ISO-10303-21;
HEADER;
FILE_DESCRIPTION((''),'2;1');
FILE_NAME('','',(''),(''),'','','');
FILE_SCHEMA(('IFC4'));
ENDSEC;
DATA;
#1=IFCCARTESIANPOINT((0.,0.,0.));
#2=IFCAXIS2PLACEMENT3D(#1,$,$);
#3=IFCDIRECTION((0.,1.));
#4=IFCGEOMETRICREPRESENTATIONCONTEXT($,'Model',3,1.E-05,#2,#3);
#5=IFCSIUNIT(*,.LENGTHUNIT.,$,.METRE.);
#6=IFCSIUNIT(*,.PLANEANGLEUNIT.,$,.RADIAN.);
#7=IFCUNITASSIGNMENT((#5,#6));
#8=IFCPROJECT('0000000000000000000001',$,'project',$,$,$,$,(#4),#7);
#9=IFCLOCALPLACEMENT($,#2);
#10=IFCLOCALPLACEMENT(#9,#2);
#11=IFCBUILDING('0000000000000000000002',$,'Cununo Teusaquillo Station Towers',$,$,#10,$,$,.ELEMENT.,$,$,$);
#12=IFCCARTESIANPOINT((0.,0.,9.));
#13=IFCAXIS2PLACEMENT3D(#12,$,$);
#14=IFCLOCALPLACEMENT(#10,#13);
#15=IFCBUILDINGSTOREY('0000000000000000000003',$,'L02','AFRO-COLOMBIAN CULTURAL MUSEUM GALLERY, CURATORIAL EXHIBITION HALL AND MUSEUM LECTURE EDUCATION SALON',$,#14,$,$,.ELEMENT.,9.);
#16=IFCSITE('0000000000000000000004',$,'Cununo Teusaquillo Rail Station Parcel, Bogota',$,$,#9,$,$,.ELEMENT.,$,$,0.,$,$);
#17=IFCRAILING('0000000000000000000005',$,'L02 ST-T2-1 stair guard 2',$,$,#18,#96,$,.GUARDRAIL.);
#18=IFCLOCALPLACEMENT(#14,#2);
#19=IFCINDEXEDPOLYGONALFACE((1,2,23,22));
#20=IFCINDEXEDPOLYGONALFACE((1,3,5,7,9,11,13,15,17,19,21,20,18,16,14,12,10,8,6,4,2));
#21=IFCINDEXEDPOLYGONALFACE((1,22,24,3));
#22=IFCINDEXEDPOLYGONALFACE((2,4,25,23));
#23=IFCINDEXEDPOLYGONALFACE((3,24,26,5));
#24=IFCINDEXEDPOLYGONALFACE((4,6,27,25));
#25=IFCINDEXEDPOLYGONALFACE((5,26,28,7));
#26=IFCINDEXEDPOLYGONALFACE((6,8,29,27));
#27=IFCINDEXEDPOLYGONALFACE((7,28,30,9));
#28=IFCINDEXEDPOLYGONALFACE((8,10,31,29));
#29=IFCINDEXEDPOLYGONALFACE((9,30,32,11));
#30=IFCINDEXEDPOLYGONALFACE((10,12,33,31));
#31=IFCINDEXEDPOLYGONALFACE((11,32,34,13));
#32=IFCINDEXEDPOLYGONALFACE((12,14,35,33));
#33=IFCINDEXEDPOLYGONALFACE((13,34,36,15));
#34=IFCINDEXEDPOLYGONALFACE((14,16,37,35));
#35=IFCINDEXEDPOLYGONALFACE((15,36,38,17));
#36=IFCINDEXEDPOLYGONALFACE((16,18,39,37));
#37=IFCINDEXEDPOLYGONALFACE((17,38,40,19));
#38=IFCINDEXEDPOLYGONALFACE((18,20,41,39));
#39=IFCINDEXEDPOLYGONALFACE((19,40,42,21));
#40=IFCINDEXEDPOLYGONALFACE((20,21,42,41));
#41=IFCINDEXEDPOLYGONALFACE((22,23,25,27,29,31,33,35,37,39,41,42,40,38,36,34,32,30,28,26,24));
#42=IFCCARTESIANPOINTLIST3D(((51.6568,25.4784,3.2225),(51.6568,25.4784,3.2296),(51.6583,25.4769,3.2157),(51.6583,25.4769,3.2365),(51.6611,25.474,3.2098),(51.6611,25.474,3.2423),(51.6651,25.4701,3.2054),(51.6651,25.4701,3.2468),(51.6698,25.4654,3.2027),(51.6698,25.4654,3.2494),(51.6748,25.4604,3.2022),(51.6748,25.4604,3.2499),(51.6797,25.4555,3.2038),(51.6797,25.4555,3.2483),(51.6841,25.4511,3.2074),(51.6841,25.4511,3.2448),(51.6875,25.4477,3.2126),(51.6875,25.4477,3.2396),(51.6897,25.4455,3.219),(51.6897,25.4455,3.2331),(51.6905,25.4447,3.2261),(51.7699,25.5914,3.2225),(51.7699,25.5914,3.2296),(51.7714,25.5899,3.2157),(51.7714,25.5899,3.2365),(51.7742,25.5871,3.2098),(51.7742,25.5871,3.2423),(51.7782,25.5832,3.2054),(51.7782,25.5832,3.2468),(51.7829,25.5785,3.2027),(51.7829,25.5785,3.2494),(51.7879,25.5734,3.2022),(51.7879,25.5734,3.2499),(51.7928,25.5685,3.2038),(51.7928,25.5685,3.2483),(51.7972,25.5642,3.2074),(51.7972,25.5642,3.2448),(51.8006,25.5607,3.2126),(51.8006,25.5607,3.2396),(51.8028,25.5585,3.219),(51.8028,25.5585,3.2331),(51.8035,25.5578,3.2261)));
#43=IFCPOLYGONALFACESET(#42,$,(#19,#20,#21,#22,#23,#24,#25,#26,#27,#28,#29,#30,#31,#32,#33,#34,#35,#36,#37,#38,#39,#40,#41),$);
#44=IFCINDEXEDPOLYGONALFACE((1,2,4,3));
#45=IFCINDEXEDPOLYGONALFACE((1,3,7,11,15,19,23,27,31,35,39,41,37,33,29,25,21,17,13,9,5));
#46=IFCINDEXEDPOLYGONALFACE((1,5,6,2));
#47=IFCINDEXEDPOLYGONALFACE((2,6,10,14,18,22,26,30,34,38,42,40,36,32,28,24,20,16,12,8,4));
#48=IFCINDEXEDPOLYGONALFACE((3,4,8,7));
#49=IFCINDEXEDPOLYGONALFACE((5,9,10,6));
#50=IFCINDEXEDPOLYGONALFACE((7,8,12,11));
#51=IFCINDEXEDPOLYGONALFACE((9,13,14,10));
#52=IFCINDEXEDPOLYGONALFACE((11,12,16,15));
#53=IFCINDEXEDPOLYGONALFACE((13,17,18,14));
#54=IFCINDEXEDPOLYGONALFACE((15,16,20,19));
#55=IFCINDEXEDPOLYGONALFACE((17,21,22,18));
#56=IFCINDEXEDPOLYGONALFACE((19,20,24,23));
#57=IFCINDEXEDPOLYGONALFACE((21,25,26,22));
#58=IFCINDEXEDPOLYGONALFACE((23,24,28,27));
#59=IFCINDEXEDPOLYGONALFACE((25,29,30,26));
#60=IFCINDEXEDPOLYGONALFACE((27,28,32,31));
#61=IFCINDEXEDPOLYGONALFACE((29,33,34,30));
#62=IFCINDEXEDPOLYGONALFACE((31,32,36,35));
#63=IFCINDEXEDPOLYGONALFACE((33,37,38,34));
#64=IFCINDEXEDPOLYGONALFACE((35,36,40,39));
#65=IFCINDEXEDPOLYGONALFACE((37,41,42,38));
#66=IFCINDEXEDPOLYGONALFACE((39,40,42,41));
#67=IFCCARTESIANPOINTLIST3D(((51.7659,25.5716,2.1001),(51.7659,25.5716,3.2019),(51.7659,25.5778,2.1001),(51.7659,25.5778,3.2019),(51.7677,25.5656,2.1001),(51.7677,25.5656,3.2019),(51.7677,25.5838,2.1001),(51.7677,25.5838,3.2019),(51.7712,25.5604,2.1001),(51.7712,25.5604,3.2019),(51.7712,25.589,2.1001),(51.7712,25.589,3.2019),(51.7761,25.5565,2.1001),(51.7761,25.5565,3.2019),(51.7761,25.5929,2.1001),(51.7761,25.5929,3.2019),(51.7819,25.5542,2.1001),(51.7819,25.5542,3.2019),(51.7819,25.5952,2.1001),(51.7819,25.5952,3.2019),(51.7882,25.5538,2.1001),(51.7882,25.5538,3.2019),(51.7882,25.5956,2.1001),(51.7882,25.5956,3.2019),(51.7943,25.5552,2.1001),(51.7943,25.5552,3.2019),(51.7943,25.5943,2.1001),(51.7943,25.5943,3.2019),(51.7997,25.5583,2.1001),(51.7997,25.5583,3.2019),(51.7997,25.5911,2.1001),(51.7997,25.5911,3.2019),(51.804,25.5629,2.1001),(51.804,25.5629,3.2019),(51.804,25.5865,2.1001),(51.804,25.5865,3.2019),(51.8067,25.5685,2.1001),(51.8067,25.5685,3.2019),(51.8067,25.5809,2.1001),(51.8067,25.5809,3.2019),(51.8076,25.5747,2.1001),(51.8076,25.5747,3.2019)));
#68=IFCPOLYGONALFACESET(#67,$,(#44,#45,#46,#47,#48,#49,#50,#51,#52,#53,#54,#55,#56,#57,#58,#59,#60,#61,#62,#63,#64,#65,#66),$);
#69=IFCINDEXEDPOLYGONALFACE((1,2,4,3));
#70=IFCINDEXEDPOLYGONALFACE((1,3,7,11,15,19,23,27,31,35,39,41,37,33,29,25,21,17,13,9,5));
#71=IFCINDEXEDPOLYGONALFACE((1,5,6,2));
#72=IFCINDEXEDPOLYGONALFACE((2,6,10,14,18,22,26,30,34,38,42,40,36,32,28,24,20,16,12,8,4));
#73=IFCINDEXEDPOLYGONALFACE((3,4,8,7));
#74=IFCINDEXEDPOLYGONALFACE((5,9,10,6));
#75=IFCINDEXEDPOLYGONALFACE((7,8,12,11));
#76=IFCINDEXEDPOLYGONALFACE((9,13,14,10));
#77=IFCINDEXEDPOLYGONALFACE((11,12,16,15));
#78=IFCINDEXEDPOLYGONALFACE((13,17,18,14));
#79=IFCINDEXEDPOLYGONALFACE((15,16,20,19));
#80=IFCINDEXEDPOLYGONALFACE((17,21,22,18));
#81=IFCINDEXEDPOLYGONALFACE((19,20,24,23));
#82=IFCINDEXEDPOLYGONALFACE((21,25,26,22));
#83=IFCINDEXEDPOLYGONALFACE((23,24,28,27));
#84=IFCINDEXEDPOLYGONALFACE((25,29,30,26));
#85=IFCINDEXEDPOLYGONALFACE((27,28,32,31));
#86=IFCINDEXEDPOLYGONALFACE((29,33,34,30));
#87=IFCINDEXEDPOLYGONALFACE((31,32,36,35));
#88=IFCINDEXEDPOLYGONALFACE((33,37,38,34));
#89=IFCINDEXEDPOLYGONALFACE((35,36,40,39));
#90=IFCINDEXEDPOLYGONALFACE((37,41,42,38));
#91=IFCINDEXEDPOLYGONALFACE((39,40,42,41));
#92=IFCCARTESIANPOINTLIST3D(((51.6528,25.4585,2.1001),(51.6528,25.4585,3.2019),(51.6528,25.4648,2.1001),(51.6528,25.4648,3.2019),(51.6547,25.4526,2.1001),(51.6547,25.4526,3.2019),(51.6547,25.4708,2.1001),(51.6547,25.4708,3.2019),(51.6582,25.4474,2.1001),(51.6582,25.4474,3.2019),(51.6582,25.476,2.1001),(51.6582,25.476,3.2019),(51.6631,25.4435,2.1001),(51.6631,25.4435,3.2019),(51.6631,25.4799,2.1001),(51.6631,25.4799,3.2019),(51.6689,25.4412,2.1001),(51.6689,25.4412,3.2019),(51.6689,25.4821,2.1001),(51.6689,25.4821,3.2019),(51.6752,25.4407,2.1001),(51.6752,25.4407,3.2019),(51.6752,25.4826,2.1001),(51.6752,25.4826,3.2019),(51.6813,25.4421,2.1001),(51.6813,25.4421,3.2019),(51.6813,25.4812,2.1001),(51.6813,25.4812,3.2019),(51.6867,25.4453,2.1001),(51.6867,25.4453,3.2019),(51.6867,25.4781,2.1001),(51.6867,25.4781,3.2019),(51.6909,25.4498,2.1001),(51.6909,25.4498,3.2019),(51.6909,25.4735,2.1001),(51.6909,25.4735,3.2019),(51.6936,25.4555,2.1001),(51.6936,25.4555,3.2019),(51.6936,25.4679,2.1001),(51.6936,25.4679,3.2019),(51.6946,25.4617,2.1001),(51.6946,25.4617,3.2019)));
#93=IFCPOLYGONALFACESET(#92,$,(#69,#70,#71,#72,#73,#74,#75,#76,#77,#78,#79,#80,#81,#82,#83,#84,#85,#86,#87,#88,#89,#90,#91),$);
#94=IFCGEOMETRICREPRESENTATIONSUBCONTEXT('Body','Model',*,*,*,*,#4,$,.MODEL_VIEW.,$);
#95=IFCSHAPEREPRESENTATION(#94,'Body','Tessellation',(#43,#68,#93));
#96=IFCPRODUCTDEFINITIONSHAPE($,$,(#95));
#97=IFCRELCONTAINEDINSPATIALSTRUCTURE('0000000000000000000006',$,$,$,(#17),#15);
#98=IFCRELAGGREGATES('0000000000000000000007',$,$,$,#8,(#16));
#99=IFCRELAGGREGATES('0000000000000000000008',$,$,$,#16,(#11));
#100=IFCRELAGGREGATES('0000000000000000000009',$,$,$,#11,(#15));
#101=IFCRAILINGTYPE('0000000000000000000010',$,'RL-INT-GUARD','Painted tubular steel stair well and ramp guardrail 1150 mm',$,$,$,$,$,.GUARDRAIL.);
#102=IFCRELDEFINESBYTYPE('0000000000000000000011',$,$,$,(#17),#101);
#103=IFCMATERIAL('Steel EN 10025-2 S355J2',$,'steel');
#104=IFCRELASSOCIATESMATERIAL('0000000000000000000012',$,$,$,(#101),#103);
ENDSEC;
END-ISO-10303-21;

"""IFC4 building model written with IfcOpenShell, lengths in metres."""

from ifc_helpers import new_model, si_unit, direction, frame, origin, origin_2d, place, context, subcontext, project, spatial, circle, extrude, material, type_object, element, save


model = new_model("IFC4")

# Units and contexts
model_context = context("Model", 3, precision=1e-05, world=origin(), true_north=direction((0.0, 1.0)))
body_context = subcontext(model_context, "Body", "Model", "MODEL_VIEW")
ifc_project = project(units=[si_unit("LENGTHUNIT", "METRE"), si_unit("PLANEANGLEUNIT", "RADIAN")], contexts=[model_context])

# Site, building, storey
site_placement = place(None, origin())
site = spatial("IfcSite", under=ifc_project, at=site_placement, Name="Cununo Teusaquillo Rail Station Parcel, Bogota", CompositionType="ELEMENT", RefElevation=0.0)
building_placement = place(site_placement, origin())
building = spatial("IfcBuilding", under=site, at=building_placement, Name="Cununo Teusaquillo Station Towers", CompositionType="ELEMENT")
storey_placement = place(building_placement, frame((0.0, 0.0, 9.0)))
storey = spatial("IfcBuildingStorey", under=building, at=storey_placement, Name="L02", Description="AFRO-COLOMBIAN CULTURAL MUSEUM GALLERY, CURATORIAL EXHIBITION HALL AND MUSEUM LECTURE EDUCATION SALON", CompositionType="ELEMENT", Elevation=9.0)

# Railing
ifc_material_1 = material(Name="Steel EN 10025-2 S355J2", Category="steel")
railing_type_1 = type_object("IfcRailingType", Name="RL-INT-GUARD", Description="Painted tubular steel stair well and ramp guardrail 1150 mm", PredefinedType="GUARDRAIL", material=ifc_material_1)
railing_1_placement = place(storey_placement, frame((51.7866, 25.5747, 2.1001)))
element("IfcRailing", 1, at=railing_1_placement, inside=storey, type_object=railing_type_1, Name="L02 ST-T2-1 stair guard 2", PredefinedType="GUARDRAIL", context=body_context, shape_type="SweptSolid", body=[
    extrude(circle(Radius=0.0239, at=origin_2d()), frame((0.0, 0.0, 1.126), z_axis=(-0.707107, -0.707107, 0.0), x_axis=(0.707107, -0.707107, 0.0)), (0.0, 0.0, 1.0), 0.1599),
    extrude(circle(Radius=0.021, at=origin_2d()), origin(), (0.0, 0.0, 1.0), 1.1018),
    extrude(circle(Radius=0.021, at=origin_2d()), frame((-0.113, -0.113, 0.0)), (0.0, 0.0, 1.0), 1.1018),
])

save(model, "model.ifc")
